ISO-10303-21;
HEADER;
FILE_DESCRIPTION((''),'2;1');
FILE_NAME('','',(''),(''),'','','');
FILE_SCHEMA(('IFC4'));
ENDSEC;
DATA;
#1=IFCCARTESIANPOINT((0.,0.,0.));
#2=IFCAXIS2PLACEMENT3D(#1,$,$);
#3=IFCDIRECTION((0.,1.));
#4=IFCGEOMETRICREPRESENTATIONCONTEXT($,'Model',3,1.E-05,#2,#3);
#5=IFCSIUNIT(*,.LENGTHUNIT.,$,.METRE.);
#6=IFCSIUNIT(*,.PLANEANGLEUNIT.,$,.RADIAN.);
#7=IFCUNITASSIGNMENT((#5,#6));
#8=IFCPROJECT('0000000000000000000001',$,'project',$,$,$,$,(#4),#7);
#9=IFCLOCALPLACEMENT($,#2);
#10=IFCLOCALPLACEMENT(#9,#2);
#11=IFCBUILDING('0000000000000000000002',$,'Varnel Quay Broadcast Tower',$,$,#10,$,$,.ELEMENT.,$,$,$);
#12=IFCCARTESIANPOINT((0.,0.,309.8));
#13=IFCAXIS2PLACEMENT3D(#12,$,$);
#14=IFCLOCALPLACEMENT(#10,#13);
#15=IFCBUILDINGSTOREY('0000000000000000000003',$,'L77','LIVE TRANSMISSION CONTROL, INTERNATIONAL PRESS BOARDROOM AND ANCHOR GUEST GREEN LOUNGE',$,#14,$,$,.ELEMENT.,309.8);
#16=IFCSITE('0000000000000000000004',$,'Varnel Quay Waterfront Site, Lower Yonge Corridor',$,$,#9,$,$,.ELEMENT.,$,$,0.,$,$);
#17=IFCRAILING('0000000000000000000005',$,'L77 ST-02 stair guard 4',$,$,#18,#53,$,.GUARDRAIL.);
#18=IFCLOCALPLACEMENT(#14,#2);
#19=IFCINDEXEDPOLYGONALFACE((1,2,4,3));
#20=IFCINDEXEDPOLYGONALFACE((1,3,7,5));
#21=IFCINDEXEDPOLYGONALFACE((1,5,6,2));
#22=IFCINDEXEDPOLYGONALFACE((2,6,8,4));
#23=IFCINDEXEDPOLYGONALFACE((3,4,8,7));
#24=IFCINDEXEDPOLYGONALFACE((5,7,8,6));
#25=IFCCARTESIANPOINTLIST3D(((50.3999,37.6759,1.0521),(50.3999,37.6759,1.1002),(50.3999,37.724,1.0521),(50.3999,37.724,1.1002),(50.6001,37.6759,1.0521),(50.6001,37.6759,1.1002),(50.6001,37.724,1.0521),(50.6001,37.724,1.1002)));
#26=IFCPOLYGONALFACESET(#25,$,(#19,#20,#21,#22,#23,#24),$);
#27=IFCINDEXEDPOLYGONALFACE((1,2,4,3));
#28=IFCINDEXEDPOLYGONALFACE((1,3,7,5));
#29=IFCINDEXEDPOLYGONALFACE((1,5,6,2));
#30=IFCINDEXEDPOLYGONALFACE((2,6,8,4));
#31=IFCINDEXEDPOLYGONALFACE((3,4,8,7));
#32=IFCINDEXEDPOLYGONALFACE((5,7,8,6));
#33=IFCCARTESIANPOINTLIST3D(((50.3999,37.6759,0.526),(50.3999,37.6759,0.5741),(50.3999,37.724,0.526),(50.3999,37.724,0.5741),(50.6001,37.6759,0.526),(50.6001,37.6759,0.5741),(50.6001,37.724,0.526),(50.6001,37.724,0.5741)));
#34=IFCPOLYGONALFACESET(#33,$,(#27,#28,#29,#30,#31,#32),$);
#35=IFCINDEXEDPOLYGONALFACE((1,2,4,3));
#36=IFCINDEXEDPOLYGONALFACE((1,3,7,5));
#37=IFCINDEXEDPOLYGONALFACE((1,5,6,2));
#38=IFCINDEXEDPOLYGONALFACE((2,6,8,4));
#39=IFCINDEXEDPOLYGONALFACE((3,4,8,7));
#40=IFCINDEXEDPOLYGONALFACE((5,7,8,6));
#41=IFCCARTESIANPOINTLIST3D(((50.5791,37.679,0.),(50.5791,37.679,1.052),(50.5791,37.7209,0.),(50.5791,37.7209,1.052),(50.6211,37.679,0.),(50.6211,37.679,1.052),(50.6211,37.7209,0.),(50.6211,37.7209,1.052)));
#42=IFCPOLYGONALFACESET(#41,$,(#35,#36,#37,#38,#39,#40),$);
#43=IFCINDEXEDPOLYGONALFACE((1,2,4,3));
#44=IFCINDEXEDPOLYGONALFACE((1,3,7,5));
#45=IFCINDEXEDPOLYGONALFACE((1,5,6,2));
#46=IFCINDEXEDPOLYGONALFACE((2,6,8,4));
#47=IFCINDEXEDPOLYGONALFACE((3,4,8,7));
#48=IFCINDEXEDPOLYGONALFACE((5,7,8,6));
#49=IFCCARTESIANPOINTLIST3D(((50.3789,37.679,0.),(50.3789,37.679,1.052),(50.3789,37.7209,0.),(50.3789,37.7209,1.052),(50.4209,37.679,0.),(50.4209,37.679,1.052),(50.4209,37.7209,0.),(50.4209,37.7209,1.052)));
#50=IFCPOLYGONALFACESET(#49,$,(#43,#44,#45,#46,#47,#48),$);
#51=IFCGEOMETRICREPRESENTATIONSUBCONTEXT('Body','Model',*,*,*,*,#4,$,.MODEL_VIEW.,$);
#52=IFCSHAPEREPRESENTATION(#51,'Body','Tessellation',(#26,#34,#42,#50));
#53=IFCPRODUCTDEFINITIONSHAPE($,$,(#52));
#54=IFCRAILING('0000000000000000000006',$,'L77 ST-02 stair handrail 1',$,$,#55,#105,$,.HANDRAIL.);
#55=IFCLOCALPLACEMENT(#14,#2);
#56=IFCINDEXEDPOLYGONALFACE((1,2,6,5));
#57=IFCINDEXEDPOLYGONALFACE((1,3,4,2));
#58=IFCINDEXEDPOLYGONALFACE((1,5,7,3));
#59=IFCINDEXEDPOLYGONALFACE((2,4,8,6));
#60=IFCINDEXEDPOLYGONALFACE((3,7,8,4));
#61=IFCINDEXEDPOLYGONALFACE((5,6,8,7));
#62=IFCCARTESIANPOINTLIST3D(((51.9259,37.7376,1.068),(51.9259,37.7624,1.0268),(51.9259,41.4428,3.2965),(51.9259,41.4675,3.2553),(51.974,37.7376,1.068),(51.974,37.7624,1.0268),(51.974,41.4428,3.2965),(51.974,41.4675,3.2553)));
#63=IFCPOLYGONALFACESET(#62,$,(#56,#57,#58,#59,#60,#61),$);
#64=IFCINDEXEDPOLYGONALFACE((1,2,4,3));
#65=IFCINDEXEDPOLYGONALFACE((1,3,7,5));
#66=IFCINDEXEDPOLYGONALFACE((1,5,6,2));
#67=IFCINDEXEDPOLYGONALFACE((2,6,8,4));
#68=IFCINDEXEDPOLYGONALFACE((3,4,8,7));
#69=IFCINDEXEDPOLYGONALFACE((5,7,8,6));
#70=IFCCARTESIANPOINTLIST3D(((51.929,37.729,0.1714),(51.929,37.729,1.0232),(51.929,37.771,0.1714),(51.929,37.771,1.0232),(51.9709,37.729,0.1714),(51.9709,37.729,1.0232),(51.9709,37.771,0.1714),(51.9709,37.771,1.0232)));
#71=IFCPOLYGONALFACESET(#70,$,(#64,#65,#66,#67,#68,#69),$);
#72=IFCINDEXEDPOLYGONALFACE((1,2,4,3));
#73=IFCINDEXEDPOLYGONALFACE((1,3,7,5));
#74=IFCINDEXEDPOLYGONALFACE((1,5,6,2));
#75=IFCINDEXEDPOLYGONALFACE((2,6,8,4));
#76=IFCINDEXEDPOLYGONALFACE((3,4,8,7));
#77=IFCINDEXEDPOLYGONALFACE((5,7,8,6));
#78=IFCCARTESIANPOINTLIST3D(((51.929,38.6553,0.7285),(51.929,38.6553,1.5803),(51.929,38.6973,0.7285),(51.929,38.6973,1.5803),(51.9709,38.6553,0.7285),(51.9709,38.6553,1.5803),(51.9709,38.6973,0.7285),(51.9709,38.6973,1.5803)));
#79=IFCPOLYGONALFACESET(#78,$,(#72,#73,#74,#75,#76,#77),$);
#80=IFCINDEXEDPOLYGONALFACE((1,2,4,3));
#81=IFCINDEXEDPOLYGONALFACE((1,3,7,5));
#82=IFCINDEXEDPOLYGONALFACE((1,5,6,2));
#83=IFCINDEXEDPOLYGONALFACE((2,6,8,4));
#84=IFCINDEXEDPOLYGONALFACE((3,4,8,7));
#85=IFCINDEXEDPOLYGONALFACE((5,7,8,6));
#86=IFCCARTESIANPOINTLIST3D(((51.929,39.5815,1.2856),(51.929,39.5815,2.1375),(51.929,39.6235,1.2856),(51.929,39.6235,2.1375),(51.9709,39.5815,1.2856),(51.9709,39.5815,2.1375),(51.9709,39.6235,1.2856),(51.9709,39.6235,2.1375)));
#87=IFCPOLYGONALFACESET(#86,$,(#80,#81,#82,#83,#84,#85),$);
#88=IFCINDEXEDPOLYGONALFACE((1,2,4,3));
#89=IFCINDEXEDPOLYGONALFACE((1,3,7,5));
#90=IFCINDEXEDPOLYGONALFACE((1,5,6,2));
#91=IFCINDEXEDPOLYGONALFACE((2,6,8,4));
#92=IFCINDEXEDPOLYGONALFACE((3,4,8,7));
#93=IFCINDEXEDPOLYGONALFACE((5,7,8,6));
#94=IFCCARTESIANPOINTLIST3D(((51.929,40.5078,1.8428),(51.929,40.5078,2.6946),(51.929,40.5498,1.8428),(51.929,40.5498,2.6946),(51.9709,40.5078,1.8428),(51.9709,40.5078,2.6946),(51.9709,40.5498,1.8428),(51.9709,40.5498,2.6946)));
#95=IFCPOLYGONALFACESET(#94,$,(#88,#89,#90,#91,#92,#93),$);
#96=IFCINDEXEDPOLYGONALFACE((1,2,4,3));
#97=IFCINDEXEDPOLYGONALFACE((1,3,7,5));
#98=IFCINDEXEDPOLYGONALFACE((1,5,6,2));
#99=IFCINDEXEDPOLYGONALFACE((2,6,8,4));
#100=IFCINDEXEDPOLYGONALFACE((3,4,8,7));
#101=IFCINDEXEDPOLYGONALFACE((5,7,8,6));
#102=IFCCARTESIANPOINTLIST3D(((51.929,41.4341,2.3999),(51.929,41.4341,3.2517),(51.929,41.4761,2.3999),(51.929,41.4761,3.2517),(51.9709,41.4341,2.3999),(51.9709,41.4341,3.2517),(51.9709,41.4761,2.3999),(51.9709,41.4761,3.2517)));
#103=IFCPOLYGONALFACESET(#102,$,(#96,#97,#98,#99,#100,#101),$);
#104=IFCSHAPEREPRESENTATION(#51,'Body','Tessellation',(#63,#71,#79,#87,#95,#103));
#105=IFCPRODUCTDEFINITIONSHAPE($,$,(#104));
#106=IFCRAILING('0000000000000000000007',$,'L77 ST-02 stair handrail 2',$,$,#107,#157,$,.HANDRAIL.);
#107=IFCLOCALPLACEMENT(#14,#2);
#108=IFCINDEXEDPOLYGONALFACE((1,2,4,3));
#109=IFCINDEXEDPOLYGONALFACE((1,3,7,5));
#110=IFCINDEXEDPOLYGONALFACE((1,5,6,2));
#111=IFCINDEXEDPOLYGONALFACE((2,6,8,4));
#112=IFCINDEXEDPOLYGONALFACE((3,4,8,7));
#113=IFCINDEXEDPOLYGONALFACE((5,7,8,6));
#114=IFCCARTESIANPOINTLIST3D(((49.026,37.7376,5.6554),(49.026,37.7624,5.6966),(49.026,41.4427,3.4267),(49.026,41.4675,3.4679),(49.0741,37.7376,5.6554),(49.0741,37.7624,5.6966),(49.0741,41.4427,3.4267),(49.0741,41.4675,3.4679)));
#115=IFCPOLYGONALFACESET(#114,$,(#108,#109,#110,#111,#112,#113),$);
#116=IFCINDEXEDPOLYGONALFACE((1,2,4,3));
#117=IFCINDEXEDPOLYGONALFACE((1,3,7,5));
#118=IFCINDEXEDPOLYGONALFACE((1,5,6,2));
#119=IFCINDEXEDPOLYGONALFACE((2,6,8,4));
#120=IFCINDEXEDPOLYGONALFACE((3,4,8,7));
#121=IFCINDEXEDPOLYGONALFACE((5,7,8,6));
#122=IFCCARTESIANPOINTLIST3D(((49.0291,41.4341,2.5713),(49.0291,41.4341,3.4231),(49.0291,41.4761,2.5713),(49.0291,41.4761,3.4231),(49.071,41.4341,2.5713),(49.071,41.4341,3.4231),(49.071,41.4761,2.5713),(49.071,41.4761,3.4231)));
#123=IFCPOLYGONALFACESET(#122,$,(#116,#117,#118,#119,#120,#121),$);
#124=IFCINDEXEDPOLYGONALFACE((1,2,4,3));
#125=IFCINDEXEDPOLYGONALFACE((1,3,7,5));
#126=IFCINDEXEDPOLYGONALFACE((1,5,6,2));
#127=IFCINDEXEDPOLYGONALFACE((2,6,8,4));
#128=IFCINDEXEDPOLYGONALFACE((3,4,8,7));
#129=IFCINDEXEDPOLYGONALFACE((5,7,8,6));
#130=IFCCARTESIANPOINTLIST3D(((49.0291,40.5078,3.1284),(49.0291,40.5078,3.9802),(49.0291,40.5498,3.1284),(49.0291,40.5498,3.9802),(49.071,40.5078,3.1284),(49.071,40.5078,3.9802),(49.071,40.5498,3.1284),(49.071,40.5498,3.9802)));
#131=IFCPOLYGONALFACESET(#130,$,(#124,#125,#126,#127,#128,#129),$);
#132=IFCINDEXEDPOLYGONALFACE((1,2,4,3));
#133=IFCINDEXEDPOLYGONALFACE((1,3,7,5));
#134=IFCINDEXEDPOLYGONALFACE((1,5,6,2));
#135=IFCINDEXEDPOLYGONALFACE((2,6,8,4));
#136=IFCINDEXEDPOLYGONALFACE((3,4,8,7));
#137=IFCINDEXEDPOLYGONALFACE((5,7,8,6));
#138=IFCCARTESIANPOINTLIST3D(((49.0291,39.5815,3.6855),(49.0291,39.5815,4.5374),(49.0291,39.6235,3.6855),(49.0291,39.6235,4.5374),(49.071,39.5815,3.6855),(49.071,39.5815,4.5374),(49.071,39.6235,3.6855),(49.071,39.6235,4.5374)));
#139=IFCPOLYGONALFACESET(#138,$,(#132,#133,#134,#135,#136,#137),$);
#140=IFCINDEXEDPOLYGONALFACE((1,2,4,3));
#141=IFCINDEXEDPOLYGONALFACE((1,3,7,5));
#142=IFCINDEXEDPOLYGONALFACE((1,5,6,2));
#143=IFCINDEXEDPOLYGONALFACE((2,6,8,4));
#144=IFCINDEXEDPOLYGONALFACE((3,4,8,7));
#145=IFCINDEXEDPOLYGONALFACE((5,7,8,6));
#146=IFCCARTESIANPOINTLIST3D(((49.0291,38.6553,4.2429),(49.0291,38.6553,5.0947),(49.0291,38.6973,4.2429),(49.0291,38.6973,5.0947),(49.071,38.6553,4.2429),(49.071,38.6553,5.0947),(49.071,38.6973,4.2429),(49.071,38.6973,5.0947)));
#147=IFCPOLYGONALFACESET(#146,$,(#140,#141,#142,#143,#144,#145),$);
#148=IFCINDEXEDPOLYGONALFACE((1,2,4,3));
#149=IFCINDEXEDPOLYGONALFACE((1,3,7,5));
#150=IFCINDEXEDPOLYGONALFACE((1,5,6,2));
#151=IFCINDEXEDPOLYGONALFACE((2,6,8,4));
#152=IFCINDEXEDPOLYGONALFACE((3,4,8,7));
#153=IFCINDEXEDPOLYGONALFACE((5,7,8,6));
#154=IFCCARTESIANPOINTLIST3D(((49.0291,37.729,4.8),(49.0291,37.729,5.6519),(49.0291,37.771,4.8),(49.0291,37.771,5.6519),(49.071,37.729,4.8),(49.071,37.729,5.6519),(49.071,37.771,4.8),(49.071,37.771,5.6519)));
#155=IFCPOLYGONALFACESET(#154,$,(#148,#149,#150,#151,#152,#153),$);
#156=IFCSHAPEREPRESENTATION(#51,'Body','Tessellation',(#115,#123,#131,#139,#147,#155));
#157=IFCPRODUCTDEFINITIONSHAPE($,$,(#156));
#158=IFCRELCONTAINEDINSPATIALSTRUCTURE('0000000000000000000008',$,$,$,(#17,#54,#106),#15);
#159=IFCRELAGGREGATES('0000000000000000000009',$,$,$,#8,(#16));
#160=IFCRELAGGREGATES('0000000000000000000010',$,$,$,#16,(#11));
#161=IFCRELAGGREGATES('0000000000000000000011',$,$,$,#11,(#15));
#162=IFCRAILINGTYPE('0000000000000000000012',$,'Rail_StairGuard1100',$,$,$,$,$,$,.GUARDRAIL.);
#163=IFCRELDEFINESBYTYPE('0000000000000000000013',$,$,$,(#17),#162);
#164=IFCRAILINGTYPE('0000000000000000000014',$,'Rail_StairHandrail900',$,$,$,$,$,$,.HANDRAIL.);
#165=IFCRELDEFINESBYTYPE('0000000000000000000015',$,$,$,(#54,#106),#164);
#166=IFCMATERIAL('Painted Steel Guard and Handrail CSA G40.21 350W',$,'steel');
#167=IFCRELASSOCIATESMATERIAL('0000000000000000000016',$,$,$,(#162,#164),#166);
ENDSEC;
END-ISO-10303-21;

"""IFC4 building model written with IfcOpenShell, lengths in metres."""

from ifc_helpers import new_model, si_unit, direction, frame, origin, origin_2d, place, context, subcontext, project, spatial, rectangle, extrude, material, type_object, element, save


model = new_model("IFC4")

# Units and contexts
model_context = context("Model", 3, precision=1e-05, world=origin(), true_north=direction((0.0, 1.0)))
body_context = subcontext(model_context, "Body", "Model", "MODEL_VIEW")
ifc_project = project(units=[si_unit("LENGTHUNIT", "METRE"), si_unit("PLANEANGLEUNIT", "RADIAN")], contexts=[model_context])

# Site, building, storey
site_placement = place(None, origin())
site = spatial("IfcSite", under=ifc_project, at=site_placement, Name="Varnel Quay Waterfront Site, Lower Yonge Corridor", CompositionType="ELEMENT", RefElevation=0.0)
building_placement = place(site_placement, origin())
building = spatial("IfcBuilding", under=site, at=building_placement, Name="Varnel Quay Broadcast Tower", CompositionType="ELEMENT")
storey_placement = place(building_placement, frame((0.0, 0.0, 309.8)))
storey = spatial("IfcBuildingStorey", under=building, at=storey_placement, Name="L77", Description="LIVE TRANSMISSION CONTROL, INTERNATIONAL PRESS BOARDROOM AND ANCHOR GUEST GREEN LOUNGE", CompositionType="ELEMENT", Elevation=309.8)

# Railings
ifc_material_1 = material(Name="Painted Steel Guard and Handrail CSA G40.21 350W", Category="steel")
railing_type_1 = type_object("IfcRailingType", Name="Rail_StairGuard1100", PredefinedType="GUARDRAIL", material=ifc_material_1)
railing_1_placement = place(storey_placement, frame((50.6001, 37.7, 0.0)))
element("IfcRailing", 1, at=railing_1_placement, inside=storey, type_object=railing_type_1, Name="L77 ST-02 stair guard 4", PredefinedType="GUARDRAIL", context=body_context, shape_type="SweptSolid", body=[
    extrude(rectangle(XDim=0.0481, YDim=0.0481, at=origin_2d()), frame((0.0, 0.0, 1.0762), z_axis=(-1.0, 0.0, 0.0), x_axis=(0.0, -1.0, 0.0)), (0.0, 0.0, 1.0), 0.2002),
    extrude(rectangle(XDim=0.0481, YDim=0.0481, at=origin_2d()), frame((0.0, 0.0, 0.55), z_axis=(-1.0, 0.0, 0.0), x_axis=(0.0, -1.0, 0.0)), (0.0, 0.0, 1.0), 0.2002),
    extrude(rectangle(XDim=0.042, YDim=0.042, at=origin_2d()), origin(), (0.0, 0.0, 1.0), 1.052),
    extrude(rectangle(XDim=0.042, YDim=0.042, at=origin_2d()), frame((-0.2002, 0.0, 0.0)), (0.0, 0.0, 1.0), 1.052),
])
railing_type_2 = type_object("IfcRailingType", Name="Rail_StairHandrail900", PredefinedType="HANDRAIL", material=ifc_material_1)
railing_2_placement = place(storey_placement, frame((51.95, 37.75, 0.1714)))
element("IfcRailing", 2, at=railing_2_placement, inside=storey, type_object=railing_type_2, Name="L77 ST-02 stair handrail 1", PredefinedType="HANDRAIL", context=body_context, shape_type="SweptSolid", body=[
    extrude(rectangle(XDim=0.0481, YDim=0.0481, at=origin_2d()), frame((0.0, 0.0, 0.876), z_axis=(0.0, 0.856934, 0.515425), x_axis=(-1.0, 0.0, 0.0)), (0.0, 0.0, 1.0), 4.3237),
    extrude(rectangle(XDim=0.042, YDim=0.042, at=origin_2d()), origin(), (0.0, 0.0, 1.0), 0.8518),
    extrude(rectangle(XDim=0.042, YDim=0.042, at=origin_2d()), frame((0.0, 0.9263, 0.5571)), (0.0, 0.0, 1.0), 0.8518),
    extrude(rectangle(XDim=0.042, YDim=0.042, at=origin_2d()), frame((0.0, 1.8525, 1.1143)), (0.0, 0.0, 1.0), 0.8518),
    extrude(rectangle(XDim=0.042, YDim=0.042, at=origin_2d()), frame((0.0, 2.7788, 1.6714)), (0.0, 0.0, 1.0), 0.8518),
    extrude(rectangle(XDim=0.042, YDim=0.042, at=origin_2d()), frame((0.0, 3.7051, 2.2285)), (0.0, 0.0, 1.0), 0.8518),
])
railing_3_placement = place(storey_placement, frame((49.05, 41.4551, 2.5713)))
element("IfcRailing", 3, at=railing_3_placement, inside=storey, type_object=railing_type_2, Name="L77 ST-02 stair handrail 2", PredefinedType="HANDRAIL", context=body_context, shape_type="SweptSolid", body=[
    extrude(rectangle(XDim=0.0481, YDim=0.0481, at=origin_2d()), frame((0.0, 0.0, 0.876), z_axis=(0.0, -0.856909, 0.515467), x_axis=(1.0, 0.0, 0.0)), (0.0, 0.0, 1.0), 4.3237),
    extrude(rectangle(XDim=0.042, YDim=0.042, at=origin_2d()), origin(), (0.0, 0.0, 1.0), 0.8518),
    extrude(rectangle(XDim=0.042, YDim=0.042, at=origin_2d()), frame((0.0, -0.9263, 0.5571)), (0.0, 0.0, 1.0), 0.8518),
    extrude(rectangle(XDim=0.042, YDim=0.042, at=origin_2d()), frame((0.0, -1.8525, 1.1143)), (0.0, 0.0, 1.0), 0.8518),
    extrude(rectangle(XDim=0.042, YDim=0.042, at=origin_2d()), frame((0.0, -2.7788, 1.6716)), (0.0, 0.0, 1.0), 0.8518),
    extrude(rectangle(XDim=0.042, YDim=0.042, at=origin_2d()), frame((0.0, -3.7051, 2.2288)), (0.0, 0.0, 1.0), 0.8518),
])

save(model, "model.ifc")
